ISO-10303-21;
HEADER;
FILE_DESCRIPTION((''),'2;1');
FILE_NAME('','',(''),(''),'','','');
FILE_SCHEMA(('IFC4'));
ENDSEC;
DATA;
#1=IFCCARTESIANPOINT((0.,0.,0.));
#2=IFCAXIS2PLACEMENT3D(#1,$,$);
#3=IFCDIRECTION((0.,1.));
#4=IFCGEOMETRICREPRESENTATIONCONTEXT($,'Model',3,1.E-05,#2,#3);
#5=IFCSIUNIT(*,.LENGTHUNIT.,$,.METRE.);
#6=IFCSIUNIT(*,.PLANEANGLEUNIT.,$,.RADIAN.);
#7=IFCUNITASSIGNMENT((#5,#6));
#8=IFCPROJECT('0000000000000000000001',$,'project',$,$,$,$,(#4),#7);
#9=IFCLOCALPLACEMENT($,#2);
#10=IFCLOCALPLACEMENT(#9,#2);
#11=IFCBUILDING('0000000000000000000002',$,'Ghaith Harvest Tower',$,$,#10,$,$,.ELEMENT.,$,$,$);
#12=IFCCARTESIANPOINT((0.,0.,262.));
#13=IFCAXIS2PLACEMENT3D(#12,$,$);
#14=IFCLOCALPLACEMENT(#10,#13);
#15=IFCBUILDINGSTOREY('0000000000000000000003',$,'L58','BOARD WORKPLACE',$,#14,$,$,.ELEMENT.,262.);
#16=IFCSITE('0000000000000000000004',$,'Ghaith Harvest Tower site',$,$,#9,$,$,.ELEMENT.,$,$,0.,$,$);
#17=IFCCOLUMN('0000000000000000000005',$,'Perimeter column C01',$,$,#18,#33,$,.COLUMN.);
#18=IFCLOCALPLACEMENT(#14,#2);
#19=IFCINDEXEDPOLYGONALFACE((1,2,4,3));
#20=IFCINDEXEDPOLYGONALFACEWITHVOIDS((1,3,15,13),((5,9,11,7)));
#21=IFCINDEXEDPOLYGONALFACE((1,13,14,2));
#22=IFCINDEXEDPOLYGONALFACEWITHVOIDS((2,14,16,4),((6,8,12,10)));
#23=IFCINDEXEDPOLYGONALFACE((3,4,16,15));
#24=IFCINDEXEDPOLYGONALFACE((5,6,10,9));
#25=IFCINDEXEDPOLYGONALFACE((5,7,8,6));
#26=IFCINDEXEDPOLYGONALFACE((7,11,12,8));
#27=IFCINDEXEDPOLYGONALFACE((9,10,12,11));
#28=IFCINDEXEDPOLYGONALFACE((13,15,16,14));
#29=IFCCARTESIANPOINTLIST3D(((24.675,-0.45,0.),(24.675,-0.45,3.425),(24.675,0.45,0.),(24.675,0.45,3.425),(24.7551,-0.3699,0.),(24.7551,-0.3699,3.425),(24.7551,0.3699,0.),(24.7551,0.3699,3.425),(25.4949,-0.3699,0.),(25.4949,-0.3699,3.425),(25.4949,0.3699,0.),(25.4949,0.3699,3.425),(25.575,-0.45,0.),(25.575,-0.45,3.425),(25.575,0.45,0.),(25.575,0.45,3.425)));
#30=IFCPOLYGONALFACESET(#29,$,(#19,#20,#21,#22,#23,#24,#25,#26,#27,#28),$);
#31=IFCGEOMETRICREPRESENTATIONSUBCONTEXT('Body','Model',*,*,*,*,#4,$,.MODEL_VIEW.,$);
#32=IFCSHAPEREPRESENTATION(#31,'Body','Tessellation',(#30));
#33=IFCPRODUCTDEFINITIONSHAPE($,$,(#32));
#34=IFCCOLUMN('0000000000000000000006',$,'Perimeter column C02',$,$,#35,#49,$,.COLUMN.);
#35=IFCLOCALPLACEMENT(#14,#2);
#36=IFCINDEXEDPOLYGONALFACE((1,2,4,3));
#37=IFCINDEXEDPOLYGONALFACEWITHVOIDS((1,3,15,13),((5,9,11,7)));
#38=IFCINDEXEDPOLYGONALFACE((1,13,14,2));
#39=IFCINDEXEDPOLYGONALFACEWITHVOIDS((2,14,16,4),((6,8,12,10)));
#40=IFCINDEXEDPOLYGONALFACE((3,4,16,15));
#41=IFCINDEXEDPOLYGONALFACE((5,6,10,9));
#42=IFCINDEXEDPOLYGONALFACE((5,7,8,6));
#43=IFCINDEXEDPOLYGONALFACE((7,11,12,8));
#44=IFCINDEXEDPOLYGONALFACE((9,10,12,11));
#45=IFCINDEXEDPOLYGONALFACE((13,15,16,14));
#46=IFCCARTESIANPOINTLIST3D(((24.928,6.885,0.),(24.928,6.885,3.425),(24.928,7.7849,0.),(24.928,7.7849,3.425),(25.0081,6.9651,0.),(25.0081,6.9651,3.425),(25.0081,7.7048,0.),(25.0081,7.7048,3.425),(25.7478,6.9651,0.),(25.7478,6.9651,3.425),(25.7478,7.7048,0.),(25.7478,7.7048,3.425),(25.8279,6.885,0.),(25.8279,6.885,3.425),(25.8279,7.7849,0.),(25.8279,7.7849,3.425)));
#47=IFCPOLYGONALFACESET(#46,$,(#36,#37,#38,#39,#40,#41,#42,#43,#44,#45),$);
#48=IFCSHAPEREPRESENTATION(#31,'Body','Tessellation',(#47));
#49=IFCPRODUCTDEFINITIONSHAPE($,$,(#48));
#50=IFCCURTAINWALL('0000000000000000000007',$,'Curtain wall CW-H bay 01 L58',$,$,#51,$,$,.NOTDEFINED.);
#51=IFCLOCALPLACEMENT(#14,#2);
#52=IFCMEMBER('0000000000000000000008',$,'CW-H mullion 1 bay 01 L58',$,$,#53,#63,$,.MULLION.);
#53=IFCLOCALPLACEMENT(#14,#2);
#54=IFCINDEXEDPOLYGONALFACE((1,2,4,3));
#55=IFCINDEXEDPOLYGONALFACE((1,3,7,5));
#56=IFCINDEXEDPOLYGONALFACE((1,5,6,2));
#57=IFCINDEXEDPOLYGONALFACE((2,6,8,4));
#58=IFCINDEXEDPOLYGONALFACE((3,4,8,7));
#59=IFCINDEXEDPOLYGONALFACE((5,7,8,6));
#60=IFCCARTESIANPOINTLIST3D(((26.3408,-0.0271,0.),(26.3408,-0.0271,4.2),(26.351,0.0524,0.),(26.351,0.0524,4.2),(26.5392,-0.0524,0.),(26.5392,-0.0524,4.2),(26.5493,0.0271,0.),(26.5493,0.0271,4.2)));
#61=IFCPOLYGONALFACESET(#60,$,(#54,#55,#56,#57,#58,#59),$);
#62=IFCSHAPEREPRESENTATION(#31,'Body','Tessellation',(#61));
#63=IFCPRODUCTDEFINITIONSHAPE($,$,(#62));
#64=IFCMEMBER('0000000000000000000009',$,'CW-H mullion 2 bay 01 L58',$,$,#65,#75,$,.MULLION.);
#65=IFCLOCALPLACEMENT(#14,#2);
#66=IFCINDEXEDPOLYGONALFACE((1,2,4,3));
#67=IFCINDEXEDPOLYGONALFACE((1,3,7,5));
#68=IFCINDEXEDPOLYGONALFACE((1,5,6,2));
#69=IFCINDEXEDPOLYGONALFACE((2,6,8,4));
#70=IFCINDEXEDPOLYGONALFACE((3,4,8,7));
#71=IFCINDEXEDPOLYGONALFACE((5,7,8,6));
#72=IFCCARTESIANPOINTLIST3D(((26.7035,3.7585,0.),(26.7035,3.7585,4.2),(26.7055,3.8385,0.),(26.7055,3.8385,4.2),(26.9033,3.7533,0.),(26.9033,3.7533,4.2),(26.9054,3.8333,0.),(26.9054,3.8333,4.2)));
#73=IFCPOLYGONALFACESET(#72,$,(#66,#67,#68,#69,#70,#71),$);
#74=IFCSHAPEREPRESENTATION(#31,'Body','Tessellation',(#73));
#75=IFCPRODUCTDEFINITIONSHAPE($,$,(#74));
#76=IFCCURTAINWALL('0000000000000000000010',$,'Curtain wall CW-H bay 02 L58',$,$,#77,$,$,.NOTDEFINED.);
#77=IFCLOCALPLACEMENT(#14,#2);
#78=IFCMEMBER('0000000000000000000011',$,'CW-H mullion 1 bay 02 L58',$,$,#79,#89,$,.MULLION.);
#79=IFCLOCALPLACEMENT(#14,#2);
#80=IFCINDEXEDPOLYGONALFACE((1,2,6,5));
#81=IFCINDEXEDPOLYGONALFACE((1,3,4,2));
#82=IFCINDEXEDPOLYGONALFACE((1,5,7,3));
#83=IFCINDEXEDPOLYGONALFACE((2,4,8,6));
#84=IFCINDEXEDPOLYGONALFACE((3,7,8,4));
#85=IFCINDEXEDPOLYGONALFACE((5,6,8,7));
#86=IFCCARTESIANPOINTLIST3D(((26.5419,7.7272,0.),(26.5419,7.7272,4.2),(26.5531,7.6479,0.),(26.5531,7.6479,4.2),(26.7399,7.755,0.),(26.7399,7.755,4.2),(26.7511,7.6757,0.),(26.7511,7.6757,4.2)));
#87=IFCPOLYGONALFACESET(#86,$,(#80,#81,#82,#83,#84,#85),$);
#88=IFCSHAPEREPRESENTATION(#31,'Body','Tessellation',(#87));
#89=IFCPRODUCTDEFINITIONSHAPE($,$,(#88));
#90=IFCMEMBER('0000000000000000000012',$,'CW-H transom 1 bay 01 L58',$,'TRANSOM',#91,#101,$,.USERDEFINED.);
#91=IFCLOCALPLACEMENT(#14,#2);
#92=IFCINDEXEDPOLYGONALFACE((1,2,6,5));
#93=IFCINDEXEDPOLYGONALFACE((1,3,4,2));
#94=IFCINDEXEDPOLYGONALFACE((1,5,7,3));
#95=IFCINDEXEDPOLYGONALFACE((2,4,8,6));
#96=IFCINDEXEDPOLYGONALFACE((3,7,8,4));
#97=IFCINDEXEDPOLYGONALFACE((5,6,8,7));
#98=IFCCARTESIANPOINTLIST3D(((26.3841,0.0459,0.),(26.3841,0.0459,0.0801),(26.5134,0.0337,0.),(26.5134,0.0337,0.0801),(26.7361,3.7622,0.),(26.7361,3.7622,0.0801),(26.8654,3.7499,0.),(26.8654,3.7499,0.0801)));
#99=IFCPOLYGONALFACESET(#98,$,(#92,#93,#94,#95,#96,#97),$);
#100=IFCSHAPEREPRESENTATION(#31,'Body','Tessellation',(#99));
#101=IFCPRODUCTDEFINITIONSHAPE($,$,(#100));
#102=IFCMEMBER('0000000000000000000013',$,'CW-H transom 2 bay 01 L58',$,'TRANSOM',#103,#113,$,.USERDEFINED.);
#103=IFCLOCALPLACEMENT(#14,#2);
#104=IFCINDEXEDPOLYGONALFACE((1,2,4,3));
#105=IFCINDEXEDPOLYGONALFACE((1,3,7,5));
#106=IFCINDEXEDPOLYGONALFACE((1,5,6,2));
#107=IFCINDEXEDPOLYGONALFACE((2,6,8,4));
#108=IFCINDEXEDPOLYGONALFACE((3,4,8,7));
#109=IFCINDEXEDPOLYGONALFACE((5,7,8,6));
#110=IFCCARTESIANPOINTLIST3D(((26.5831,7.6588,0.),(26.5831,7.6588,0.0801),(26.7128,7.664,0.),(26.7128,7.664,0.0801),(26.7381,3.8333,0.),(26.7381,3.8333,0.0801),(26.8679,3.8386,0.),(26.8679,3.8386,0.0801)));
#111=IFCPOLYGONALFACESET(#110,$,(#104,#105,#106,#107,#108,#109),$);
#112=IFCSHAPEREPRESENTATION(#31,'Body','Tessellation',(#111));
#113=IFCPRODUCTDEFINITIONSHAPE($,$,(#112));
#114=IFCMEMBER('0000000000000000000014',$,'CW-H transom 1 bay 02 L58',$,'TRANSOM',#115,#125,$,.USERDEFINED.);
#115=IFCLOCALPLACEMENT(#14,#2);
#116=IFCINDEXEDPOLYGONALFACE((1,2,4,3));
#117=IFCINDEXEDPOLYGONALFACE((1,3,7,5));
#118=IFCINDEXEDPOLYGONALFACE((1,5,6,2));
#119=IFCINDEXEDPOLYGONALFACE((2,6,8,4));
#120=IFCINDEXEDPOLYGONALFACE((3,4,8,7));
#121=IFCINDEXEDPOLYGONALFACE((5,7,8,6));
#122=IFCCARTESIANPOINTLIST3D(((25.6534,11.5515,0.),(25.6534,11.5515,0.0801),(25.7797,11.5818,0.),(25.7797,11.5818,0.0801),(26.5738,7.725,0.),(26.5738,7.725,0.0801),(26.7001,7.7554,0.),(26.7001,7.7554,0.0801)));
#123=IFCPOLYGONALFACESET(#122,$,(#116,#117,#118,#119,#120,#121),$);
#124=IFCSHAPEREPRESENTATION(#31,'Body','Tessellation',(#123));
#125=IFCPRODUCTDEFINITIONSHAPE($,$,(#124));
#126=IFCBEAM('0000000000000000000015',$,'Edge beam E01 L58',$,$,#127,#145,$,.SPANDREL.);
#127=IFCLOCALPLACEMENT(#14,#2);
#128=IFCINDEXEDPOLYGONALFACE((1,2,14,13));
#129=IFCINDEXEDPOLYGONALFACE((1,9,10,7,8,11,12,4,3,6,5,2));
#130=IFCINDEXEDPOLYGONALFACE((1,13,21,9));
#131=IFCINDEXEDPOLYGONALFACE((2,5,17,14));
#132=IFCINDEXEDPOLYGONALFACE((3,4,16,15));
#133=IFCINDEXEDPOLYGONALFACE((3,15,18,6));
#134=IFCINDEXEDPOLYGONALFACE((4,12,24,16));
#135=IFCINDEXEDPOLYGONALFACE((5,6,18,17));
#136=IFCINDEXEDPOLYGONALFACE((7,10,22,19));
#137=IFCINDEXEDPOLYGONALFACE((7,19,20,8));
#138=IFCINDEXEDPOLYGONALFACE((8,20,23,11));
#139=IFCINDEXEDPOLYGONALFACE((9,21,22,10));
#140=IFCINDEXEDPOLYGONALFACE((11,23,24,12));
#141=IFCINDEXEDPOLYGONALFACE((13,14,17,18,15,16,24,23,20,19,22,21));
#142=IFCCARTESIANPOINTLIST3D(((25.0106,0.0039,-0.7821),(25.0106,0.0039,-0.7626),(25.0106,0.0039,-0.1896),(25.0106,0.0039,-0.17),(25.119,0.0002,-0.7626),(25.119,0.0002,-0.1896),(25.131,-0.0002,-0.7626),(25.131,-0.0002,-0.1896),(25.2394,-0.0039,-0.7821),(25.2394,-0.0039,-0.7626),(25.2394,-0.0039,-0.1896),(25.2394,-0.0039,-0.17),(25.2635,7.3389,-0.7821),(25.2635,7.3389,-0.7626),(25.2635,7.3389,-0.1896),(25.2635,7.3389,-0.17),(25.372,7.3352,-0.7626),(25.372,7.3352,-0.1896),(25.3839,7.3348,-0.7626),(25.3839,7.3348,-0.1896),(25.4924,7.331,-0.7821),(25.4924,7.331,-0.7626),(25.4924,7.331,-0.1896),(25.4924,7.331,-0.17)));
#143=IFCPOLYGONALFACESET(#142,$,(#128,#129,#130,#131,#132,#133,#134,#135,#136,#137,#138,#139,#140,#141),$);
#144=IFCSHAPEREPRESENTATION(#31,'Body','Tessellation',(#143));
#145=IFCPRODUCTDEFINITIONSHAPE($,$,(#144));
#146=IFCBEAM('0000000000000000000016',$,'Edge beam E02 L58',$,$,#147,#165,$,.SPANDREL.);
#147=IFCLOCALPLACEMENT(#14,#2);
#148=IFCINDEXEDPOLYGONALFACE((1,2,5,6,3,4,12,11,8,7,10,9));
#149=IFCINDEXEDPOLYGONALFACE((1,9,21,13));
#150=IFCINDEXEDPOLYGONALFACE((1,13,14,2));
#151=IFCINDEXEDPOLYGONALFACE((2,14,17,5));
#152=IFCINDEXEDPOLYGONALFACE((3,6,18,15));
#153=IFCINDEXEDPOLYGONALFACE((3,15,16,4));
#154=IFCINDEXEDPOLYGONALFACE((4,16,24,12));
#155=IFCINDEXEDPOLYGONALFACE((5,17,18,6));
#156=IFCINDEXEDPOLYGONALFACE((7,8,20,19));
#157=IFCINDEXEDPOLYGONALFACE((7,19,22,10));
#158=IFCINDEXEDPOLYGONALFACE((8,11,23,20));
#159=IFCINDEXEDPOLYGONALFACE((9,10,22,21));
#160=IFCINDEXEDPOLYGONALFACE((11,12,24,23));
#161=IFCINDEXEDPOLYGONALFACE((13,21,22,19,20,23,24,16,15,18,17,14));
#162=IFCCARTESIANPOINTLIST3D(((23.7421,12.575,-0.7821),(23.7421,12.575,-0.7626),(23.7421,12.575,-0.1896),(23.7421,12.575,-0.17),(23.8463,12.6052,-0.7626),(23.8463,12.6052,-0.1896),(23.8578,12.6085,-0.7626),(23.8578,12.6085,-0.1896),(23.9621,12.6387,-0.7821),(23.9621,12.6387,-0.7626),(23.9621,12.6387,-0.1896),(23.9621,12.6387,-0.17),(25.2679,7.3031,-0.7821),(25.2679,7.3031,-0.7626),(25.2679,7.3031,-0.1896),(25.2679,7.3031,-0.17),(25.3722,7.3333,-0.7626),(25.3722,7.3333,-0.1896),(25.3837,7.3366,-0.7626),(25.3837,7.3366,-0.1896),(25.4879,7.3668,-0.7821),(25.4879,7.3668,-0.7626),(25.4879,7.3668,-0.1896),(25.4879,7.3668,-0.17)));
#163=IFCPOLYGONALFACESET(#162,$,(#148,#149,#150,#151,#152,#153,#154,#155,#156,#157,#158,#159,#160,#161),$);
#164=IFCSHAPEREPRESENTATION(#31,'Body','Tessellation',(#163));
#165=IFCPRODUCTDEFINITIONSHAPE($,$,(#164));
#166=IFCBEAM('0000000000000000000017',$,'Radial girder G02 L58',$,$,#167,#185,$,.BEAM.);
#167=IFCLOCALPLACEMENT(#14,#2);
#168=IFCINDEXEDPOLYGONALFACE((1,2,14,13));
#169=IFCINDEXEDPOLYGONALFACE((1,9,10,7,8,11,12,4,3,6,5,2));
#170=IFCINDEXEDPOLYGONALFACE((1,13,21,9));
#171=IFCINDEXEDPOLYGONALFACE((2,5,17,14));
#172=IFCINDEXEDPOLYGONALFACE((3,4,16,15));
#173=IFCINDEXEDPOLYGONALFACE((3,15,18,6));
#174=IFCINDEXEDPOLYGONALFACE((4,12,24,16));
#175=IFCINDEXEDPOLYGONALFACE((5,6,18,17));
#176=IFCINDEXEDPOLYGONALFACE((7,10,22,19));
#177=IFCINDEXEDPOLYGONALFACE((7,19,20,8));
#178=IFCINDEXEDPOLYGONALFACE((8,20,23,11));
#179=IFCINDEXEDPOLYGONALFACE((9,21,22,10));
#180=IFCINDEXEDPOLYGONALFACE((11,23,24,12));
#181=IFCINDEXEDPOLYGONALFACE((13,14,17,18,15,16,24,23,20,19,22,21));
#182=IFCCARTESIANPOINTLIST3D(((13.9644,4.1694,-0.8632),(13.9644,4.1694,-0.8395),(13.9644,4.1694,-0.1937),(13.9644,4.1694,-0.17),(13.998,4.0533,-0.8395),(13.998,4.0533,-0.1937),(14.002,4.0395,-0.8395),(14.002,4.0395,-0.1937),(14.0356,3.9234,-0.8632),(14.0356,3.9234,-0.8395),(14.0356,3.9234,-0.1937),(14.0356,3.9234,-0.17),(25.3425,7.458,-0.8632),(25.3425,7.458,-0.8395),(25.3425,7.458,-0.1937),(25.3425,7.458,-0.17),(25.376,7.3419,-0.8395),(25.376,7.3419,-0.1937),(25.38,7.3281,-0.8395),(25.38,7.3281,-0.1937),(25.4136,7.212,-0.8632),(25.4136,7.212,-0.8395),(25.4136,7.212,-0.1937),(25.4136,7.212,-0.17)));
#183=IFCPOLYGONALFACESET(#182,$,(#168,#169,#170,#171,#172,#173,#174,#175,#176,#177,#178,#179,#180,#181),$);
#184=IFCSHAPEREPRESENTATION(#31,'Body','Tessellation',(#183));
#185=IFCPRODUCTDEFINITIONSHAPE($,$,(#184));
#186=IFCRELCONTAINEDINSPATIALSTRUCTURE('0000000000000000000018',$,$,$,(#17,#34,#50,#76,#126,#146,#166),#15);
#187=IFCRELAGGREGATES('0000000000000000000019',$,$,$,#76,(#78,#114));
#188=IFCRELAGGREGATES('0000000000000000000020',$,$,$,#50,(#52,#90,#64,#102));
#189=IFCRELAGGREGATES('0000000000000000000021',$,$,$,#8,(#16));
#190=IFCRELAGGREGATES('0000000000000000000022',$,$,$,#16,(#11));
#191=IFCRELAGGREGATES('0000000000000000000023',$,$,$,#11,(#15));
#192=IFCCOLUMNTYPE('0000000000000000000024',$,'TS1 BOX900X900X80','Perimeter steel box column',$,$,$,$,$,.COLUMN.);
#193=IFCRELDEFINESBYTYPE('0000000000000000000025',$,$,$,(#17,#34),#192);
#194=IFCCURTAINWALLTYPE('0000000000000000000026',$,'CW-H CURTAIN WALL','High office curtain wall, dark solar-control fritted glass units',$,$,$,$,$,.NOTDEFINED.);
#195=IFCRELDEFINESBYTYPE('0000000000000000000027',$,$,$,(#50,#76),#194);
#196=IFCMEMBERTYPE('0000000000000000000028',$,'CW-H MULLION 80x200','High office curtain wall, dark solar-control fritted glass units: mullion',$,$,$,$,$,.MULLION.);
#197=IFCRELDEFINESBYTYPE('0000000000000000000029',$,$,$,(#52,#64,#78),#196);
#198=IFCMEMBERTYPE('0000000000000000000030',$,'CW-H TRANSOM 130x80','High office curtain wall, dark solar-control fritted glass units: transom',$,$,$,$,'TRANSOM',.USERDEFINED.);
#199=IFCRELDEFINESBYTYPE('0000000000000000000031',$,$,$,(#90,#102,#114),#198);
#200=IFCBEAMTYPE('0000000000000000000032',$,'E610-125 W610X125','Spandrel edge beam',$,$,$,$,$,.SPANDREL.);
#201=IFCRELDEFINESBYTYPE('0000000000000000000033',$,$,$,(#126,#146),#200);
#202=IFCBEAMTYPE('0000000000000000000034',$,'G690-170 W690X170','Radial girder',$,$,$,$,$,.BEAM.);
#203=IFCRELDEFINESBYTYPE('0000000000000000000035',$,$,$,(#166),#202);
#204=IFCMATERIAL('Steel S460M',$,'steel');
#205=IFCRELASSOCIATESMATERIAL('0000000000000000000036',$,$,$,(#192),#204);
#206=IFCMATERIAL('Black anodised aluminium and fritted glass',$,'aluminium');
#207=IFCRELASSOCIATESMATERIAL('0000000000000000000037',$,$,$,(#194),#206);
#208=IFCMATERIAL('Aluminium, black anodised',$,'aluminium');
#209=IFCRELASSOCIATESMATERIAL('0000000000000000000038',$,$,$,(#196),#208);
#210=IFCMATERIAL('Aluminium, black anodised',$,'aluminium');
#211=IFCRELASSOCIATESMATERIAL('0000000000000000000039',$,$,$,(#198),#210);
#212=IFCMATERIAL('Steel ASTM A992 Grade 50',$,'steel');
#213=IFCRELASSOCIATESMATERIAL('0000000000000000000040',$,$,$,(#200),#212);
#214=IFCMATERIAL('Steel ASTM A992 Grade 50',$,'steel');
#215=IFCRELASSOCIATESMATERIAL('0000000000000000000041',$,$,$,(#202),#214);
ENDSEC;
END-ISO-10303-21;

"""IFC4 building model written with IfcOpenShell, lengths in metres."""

from ifc_helpers import new_model, si_unit, direction, frame, origin, origin_2d, place, context, subcontext, project, spatial, rectangle, hollow_rectangle, i_section, extrude, material, material_profile, profile_set, type_object, element, aggregate, save


model = new_model("IFC4")

# Units and contexts
model_context = context("Model", 3, precision=1e-05, world=origin(), true_north=direction((0.0, 1.0)))
body_context = subcontext(model_context, "Body", "Model", "MODEL_VIEW")
ifc_project = project(units=[si_unit("LENGTHUNIT", "METRE"), si_unit("PLANEANGLEUNIT", "RADIAN")], contexts=[model_context])

# Site, building, storey
site_placement = place(None, origin())
site = spatial("IfcSite", under=ifc_project, at=site_placement, Name="Ghaith Harvest Tower site", CompositionType="ELEMENT", RefElevation=0.0)
building_placement = place(site_placement, origin())
building = spatial("IfcBuilding", under=site, at=building_placement, Name="Ghaith Harvest Tower", CompositionType="ELEMENT")
storey_placement = place(building_placement, frame((0.0, 0.0, 262.0)))
storey = spatial("IfcBuildingStorey", under=building, at=storey_placement, Name="L58", Description="BOARD WORKPLACE", CompositionType="ELEMENT", Elevation=262.0)

# Columns
ifc_material_1 = material(Name="Steel S460M", Category="steel")
ifc_material_profile_1 = material_profile(ifc_material_1, hollow_rectangle(XDim=0.8999, YDim=0.8999, WallThickness=0.0801, at=origin_2d()), Name="BOX900X900X80")
ifc_profile_set_1 = profile_set([ifc_material_profile_1], Name="Steel S460M")
column_type = type_object("IfcColumnType", Name="TS1 BOX900X900X80", Description="Perimeter steel box column", PredefinedType="COLUMN", material=ifc_profile_set_1)
for number, where, z_axis, x_axis, name in (
    (1, (25.125, 0.0, 0.0), (0.0, 0.0, 1.0), (1.0, 0.0, 0.0), "Perimeter column C01"),
    (2, (25.3779, 7.335, 0.0), (0.0, 0.0, 1.0), (1.0, 0.0, 0.0), "Perimeter column C02"),
):
    element("IfcColumn", number, at=place(storey_placement, frame(where, z_axis=z_axis, x_axis=x_axis)), inside=storey, type_object=column_type, Name=name, PredefinedType="COLUMN", context=body_context, shape_type="SweptSolid", body=[
        extrude(hollow_rectangle(XDim=0.8999, YDim=0.8999, WallThickness=0.0801, at=origin_2d()), origin(), (0.0, 0.0, 1.0), 3.425),
    ])

# Curtain wall, members
ifc_material_2 = material(Name="Black anodised aluminium and fritted glass", Category="aluminium")
curtain_wall_type = type_object("IfcCurtainWallType", Name="CW-H CURTAIN WALL", Description="High office curtain wall, dark solar-control fritted glass units", PredefinedType="NOTDEFINED", material=ifc_material_2)
curtain_wall_1_placement = place(storey_placement, origin())
curtain_wall_1 = element("IfcCurtainWall", 3, at=curtain_wall_1_placement, inside=storey, type_object=curtain_wall_type, Name="Curtain wall CW-H bay 01 L58", PredefinedType="NOTDEFINED")
ifc_material_3 = material(Name="Aluminium, black anodised", Category="aluminium")
ifc_material_profile_2 = material_profile(ifc_material_3, rectangle(XDim=0.0801, YDim=0.2, at=origin_2d()), Name="CW-H MULLION 80x200")
ifc_profile_set_2 = profile_set([ifc_material_profile_2], Name="Aluminium, black anodised")
member_type_1 = type_object("IfcMemberType", Name="CW-H MULLION 80x200", Description="High office curtain wall, dark solar-control fritted glass units: mullion", PredefinedType="MULLION", material=ifc_profile_set_2)
member_1_placement = place(storey_placement, frame((26.4451, 0.0, 0.0), z_axis=(0.0, 0.0, 1.0), x_axis=(0.126568, 0.991958, 0.0)))
member_1 = element("IfcMember", 4, at=member_1_placement, type_object=member_type_1, Name="CW-H mullion 1 bay 01 L58", PredefinedType="MULLION", context=body_context, shape_type="SweptSolid", body=[
    extrude(rectangle(XDim=0.0801, YDim=0.2, at=origin_2d()), origin(), (0.0, 0.0, 1.0), 4.2),
])
member_2_placement = place(storey_placement, frame((26.8044, 3.7959, 0.0), z_axis=(0.0, 0.0, 1.0), x_axis=(0.026143, 0.999658, 0.0)))
member_2 = element("IfcMember", 5, at=member_2_placement, type_object=member_type_1, Name="CW-H mullion 2 bay 01 L58", PredefinedType="MULLION", context=body_context, shape_type="SweptSolid", body=[
    extrude(rectangle(XDim=0.0801, YDim=0.2, at=origin_2d()), origin(), (0.0, 0.0, 1.0), 4.2),
])

# Curtain wall, member
curtain_wall_2_placement = place(storey_placement, origin())
curtain_wall_2 = element("IfcCurtainWall", 6, at=curtain_wall_2_placement, inside=storey, type_object=curtain_wall_type, Name="Curtain wall CW-H bay 02 L58", PredefinedType="NOTDEFINED")
member_3_placement = place(storey_placement, frame((26.6465, 7.7014, 0.0), z_axis=(0.0, 0.0, 1.0), x_axis=(-0.139146, 0.990272, 0.0)))
member_3 = element("IfcMember", 7, at=member_3_placement, type_object=member_type_1, Name="CW-H mullion 1 bay 02 L58", PredefinedType="MULLION", context=body_context, shape_type="SweptSolid", body=[
    extrude(rectangle(XDim=0.0801, YDim=0.2, at=origin_2d()), origin(), (0.0, 0.0, 1.0), 4.2),
])

# Members
ifc_material_4 = material(Name="Aluminium, black anodised", Category="aluminium")
ifc_material_profile_3 = material_profile(ifc_material_4, rectangle(XDim=0.1299, YDim=0.0801, at=origin_2d()), Name="CW-H TRANSOM 130x80")
ifc_profile_set_3 = profile_set([ifc_material_profile_3], Name="Aluminium, black anodised")
member_type_2 = type_object("IfcMemberType", Name="CW-H TRANSOM 130x80", Description="High office curtain wall, dark solar-control fritted glass units: transom", ElementType="TRANSOM", PredefinedType="USERDEFINED", material=ifc_profile_set_3)
member_4_placement = place(storey_placement, frame((26.4487, 0.0398, 0.04), z_axis=(0.094309, 0.995543, 0.0), x_axis=(-0.995543, 0.094309, 0.0)))
member_4 = element("IfcMember", 8, at=member_4_placement, type_object=member_type_2, Name="CW-H transom 1 bay 01 L58", ObjectType="TRANSOM", PredefinedType="USERDEFINED", context=body_context, shape_type="SweptSolid", body=[
    extrude(rectangle(XDim=0.1299, YDim=0.0801, at=origin_2d()), origin(), (0.0, 0.0, 1.0), 3.7329),
])
member_5_placement = place(storey_placement, frame((26.803, 3.8359, 0.04), z_axis=(-0.040493, 0.99918, 0.0), x_axis=(-0.99918, -0.040493, 0.0)))
member_5 = element("IfcMember", 9, at=member_5_placement, type_object=member_type_2, Name="CW-H transom 2 bay 01 L58", ObjectType="TRANSOM", PredefinedType="USERDEFINED", context=body_context, shape_type="SweptSolid", body=[
    extrude(rectangle(XDim=0.1299, YDim=0.0801, at=origin_2d()), origin(), (0.0, 0.0, 1.0), 3.8286),
])
member_6_placement = place(storey_placement, frame((26.637, 7.7402, 0.04), z_axis=(-0.23387, 0.972268, 0.0), x_axis=(-0.972268, -0.23387, 0.0)))
member_6 = element("IfcMember", 10, at=member_6_placement, type_object=member_type_2, Name="CW-H transom 1 bay 02 L58", ObjectType="TRANSOM", PredefinedType="USERDEFINED", context=body_context, shape_type="SweptSolid", body=[
    extrude(rectangle(XDim=0.1299, YDim=0.0801, at=origin_2d()), origin(), (0.0, 0.0, 1.0), 3.9355),
])
aggregate(curtain_wall_2, [member_3, member_6])

# Beams
ifc_material_5 = material(Name="Steel ASTM A992 Grade 50", Category="steel")
ifc_material_profile_4 = material_profile(ifc_material_5, i_section(OverallWidth=0.229, OverallDepth=0.6121, WebThickness=0.012, FlangeThickness=0.0195, at=origin_2d()), Name="W610X125")
ifc_profile_set_4 = profile_set([ifc_material_profile_4], Name="Steel ASTM A992 Grade 50")
beam_type_1 = type_object("IfcBeamType", Name="E610-125 W610X125", Description="Spandrel edge beam", PredefinedType="SPANDREL", material=ifc_profile_set_4)
beam_1_placement = place(storey_placement, frame((25.125, 0.0, -0.4761), z_axis=(0.034462, 0.999406, 0.0), x_axis=(-0.999406, 0.034462, 0.0)))
element("IfcBeam", 11, at=beam_1_placement, inside=storey, type_object=beam_type_1, Name="Edge beam E01 L58", PredefinedType="SPANDREL", context=body_context, shape_type="SweptSolid", body=[
    extrude(i_section(OverallWidth=0.229, OverallDepth=0.6121, WebThickness=0.012, FlangeThickness=0.0195, at=origin_2d()), origin(), (0.0, 0.0, 1.0), 7.3394),
])
beam_2_placement = place(storey_placement, frame((25.3779, 7.335, -0.4761), z_axis=(-0.278021, 0.960575, 0.0), x_axis=(-0.960575, -0.278021, 0.0)))
element("IfcBeam", 12, at=beam_2_placement, inside=storey, type_object=beam_type_1, Name="Edge beam E02 L58", PredefinedType="SPANDREL", context=body_context, shape_type="SweptSolid", body=[
    extrude(i_section(OverallWidth=0.229, OverallDepth=0.6121, WebThickness=0.012, FlangeThickness=0.0195, at=origin_2d()), origin(), (0.0, 0.0, 1.0), 5.4883),
])
ifc_material_6 = material(Name="Steel ASTM A992 Grade 50", Category="steel")
ifc_material_profile_5 = material_profile(ifc_material_6, i_section(OverallWidth=0.2561, OverallDepth=0.6931, WebThickness=0.0144, FlangeThickness=0.0237, at=origin_2d()), Name="W690X170")
ifc_profile_set_5 = profile_set([ifc_material_profile_5], Name="Steel ASTM A992 Grade 50")
beam_type_2 = type_object("IfcBeamType", Name="G690-170 W690X170", Description="Radial girder", PredefinedType="BEAM", material=ifc_profile_set_5)
beam_3_placement = place(storey_placement, frame((14.0, 4.0464, -0.5166), z_axis=(0.960678, 0.277666, 0.0), x_axis=(-0.277666, 0.960678, 0.0)))
element("IfcBeam", 13, at=beam_3_placement, inside=storey, type_object=beam_type_2, Name="Radial girder G02 L58", PredefinedType="BEAM", context=body_context, shape_type="SweptSolid", body=[
    extrude(i_section(OverallWidth=0.2561, OverallDepth=0.6931, WebThickness=0.0144, FlangeThickness=0.0237, at=origin_2d()), origin(), (0.0, 0.0, 1.0), 11.8438),
])

aggregate(curtain_wall_1, [member_1, member_4, member_2, member_5])

save(model, "model.ifc")
